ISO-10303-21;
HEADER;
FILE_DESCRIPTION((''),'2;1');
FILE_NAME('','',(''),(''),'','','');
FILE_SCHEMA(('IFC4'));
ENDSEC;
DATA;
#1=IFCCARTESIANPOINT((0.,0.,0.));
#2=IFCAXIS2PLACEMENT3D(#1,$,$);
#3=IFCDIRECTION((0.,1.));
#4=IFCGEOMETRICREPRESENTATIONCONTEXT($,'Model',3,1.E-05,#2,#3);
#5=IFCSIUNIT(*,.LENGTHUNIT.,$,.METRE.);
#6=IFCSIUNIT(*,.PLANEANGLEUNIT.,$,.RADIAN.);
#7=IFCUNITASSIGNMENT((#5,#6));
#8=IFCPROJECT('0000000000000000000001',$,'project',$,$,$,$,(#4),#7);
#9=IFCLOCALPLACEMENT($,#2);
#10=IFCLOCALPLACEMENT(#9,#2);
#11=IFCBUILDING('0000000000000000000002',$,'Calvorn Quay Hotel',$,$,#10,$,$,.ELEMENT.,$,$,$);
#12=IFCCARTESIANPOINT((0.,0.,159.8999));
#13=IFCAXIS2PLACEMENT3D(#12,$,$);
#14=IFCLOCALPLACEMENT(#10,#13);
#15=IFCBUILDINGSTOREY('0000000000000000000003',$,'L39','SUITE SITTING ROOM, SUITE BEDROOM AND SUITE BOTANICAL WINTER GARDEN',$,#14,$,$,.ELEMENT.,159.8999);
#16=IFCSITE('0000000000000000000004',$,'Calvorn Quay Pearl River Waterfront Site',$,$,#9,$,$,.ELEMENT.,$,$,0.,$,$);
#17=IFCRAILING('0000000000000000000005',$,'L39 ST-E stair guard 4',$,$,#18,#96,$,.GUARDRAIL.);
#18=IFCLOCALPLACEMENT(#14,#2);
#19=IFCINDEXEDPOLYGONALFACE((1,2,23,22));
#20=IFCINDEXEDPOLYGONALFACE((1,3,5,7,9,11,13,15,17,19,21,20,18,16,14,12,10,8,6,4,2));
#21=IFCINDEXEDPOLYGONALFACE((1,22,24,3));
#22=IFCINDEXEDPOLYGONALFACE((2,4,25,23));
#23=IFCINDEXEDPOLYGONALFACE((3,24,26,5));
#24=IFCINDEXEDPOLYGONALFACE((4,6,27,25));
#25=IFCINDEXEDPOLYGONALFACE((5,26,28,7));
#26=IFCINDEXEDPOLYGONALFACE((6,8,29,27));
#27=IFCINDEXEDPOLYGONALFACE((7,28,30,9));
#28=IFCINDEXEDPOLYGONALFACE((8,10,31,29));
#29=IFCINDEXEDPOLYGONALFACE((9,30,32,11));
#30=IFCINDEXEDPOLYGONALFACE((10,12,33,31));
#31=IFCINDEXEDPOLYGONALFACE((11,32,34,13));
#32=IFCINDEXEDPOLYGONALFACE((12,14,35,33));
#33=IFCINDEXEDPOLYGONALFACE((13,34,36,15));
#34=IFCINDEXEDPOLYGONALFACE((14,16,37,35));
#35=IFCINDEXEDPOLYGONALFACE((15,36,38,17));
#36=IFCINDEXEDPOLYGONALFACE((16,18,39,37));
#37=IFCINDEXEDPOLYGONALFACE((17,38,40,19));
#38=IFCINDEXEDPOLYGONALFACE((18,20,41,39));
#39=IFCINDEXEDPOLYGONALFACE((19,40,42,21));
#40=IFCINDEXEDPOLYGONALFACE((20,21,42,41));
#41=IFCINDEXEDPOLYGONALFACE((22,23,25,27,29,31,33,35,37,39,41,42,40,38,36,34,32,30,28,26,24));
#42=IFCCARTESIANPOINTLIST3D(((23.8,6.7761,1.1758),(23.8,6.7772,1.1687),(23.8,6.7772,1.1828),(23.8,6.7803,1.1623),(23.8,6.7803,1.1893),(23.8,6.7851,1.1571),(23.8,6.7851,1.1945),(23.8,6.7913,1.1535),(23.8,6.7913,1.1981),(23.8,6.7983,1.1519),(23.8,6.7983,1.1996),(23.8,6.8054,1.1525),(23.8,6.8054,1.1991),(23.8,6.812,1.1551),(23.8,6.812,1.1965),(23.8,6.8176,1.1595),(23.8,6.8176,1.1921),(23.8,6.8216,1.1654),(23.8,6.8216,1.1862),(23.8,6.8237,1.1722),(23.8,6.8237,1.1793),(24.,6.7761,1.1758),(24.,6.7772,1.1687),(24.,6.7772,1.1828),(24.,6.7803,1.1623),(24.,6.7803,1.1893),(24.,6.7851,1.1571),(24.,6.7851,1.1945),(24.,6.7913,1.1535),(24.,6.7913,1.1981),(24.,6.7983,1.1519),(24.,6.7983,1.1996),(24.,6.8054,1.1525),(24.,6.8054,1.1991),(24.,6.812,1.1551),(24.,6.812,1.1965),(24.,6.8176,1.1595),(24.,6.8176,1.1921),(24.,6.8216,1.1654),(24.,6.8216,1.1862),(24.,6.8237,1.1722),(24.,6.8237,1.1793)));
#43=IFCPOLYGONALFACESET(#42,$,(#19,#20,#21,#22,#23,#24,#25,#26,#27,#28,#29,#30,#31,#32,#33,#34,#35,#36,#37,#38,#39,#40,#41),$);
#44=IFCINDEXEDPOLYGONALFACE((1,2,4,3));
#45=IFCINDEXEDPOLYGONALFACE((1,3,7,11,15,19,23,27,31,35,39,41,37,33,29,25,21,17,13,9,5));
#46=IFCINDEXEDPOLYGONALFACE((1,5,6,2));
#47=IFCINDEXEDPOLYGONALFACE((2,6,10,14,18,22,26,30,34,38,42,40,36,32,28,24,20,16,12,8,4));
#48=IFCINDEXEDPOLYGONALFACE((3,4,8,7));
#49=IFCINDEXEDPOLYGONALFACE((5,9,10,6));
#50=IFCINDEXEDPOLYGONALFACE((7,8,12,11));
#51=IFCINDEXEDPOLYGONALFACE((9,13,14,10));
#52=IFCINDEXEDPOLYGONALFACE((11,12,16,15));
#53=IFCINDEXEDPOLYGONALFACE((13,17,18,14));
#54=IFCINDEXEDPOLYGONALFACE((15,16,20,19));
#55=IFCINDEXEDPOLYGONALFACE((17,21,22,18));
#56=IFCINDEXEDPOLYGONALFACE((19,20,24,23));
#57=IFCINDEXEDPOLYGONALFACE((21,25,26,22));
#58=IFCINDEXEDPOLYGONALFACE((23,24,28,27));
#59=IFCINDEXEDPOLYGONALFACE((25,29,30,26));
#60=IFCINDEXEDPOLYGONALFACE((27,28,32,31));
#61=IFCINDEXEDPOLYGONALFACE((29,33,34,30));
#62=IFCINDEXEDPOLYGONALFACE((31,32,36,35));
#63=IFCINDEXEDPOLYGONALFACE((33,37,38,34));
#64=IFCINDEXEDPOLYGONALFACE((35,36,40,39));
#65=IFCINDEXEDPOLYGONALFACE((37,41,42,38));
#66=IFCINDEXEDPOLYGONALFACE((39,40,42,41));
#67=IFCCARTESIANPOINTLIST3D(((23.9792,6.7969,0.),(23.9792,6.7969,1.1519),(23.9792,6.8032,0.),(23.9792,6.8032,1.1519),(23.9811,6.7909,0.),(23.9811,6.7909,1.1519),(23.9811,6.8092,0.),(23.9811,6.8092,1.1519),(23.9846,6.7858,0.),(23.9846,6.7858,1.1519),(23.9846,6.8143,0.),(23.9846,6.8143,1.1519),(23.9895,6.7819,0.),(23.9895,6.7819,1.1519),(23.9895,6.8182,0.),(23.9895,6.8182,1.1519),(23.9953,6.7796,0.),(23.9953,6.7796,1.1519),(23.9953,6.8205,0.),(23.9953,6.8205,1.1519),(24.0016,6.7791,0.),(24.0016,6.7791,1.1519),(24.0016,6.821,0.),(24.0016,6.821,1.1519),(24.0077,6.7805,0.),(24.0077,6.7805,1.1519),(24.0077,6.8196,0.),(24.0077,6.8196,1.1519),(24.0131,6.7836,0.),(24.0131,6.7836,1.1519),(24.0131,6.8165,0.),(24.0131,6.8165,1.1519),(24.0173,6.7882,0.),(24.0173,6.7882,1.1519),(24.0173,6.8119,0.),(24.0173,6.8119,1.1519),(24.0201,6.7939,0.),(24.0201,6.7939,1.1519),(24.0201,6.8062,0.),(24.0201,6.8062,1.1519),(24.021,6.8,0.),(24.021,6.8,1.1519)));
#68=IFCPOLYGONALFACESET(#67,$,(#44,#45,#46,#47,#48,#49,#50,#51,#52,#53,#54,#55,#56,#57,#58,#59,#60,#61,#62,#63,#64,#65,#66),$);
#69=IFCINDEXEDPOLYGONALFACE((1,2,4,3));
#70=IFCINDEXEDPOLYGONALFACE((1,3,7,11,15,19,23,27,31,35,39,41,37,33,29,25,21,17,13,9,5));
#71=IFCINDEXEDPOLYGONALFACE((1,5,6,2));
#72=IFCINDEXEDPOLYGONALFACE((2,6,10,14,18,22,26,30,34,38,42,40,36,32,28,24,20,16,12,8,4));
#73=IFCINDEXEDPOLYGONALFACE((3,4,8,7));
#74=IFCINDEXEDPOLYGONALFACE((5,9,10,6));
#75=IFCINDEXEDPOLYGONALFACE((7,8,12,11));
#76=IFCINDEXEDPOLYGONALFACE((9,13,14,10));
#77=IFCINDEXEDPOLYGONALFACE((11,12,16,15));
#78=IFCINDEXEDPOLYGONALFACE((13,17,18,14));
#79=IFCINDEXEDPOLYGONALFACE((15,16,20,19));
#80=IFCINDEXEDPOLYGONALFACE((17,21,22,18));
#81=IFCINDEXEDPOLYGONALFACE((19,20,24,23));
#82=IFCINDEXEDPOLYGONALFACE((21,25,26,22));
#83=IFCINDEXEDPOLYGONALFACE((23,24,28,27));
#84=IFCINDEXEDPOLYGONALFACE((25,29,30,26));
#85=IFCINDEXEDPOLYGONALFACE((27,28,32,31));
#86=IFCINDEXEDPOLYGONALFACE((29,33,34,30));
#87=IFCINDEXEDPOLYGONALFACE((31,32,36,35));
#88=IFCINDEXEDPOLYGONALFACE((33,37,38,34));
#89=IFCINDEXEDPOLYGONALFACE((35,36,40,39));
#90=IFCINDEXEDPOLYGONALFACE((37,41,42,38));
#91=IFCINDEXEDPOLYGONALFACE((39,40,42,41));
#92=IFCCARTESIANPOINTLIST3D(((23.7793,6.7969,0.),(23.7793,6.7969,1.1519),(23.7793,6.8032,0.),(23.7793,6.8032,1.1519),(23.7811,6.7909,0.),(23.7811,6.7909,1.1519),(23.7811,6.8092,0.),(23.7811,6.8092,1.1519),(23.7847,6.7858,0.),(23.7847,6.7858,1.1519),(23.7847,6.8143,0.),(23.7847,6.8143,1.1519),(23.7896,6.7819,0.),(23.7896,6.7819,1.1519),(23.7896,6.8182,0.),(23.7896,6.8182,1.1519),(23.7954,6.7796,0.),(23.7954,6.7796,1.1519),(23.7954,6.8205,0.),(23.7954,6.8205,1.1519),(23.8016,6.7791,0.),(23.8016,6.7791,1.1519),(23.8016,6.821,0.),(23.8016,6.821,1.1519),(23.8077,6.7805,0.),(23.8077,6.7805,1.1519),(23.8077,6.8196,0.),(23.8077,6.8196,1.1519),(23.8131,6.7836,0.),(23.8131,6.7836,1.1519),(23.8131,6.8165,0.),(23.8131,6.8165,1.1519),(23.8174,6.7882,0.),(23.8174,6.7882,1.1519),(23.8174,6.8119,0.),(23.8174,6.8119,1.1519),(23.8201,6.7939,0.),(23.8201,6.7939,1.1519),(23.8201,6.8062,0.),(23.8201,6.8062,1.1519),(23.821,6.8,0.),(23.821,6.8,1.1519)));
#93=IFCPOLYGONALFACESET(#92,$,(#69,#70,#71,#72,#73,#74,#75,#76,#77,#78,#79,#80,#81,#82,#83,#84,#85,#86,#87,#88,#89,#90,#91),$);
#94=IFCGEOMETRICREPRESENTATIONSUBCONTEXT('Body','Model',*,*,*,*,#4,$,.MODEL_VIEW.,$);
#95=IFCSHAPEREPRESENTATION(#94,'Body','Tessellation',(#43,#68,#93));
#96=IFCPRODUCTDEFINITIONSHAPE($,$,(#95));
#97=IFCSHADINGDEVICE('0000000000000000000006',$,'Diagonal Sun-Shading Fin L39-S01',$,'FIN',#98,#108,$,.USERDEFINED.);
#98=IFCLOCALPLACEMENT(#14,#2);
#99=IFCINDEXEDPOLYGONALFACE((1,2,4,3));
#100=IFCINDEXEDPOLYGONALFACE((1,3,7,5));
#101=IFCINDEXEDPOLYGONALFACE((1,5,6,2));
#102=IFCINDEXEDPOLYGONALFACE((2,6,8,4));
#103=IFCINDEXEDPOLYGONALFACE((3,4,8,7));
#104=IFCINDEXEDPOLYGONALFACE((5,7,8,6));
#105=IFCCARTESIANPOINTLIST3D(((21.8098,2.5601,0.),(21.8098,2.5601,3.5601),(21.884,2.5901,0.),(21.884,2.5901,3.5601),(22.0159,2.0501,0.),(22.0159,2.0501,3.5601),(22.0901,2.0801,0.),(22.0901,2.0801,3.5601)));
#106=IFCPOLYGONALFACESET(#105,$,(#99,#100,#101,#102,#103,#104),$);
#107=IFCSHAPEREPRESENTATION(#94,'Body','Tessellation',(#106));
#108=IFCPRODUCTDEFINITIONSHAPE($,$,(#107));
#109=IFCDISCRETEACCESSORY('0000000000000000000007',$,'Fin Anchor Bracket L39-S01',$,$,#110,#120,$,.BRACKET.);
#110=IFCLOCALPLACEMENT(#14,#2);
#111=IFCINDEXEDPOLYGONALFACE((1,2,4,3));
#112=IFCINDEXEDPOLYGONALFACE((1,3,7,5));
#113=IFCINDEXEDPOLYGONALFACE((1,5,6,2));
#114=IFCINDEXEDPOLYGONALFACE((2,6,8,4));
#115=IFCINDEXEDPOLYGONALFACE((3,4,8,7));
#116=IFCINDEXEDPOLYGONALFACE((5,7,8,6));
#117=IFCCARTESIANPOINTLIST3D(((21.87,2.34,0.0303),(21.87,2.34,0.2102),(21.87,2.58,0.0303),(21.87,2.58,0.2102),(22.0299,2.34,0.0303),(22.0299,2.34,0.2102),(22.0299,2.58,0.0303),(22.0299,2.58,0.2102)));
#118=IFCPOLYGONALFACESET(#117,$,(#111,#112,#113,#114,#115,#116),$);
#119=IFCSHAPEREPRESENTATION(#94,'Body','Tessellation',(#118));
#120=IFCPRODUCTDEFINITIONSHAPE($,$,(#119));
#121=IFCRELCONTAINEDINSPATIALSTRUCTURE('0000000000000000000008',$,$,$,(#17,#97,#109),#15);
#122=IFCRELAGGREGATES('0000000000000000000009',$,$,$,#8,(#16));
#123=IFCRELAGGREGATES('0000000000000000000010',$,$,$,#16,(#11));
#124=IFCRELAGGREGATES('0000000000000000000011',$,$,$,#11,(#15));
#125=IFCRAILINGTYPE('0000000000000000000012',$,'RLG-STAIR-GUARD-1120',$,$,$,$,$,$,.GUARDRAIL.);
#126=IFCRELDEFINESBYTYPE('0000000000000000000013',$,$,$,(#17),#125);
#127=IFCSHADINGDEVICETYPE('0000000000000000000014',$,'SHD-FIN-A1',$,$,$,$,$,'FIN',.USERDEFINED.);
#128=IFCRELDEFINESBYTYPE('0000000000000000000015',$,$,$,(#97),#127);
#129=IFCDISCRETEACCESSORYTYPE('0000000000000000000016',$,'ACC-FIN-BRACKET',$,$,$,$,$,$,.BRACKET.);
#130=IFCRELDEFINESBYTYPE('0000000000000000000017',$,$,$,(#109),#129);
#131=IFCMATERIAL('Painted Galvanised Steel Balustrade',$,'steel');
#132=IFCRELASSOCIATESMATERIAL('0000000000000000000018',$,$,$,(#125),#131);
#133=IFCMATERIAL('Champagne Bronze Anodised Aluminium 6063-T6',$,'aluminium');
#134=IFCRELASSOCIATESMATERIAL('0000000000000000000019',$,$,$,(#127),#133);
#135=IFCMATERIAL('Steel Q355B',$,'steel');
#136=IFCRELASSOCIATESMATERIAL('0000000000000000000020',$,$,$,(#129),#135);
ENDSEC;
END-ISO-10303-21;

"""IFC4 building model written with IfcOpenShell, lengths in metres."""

from ifc_helpers import new_model, si_unit, direction, frame, origin, origin_2d, place, context, subcontext, project, spatial, rectangle, circle, extrude, material, type_object, element, save


model = new_model("IFC4")

# Units and contexts
model_context = context("Model", 3, precision=1e-05, world=origin(), true_north=direction((0.0, 1.0)))
body_context = subcontext(model_context, "Body", "Model", "MODEL_VIEW")
ifc_project = project(units=[si_unit("LENGTHUNIT", "METRE"), si_unit("PLANEANGLEUNIT", "RADIAN")], contexts=[model_context])

# Site, building, storey
site_placement = place(None, origin())
site = spatial("IfcSite", under=ifc_project, at=site_placement, Name="Calvorn Quay Pearl River Waterfront Site", CompositionType="ELEMENT", RefElevation=0.0)
building_placement = place(site_placement, origin())
building = spatial("IfcBuilding", under=site, at=building_placement, Name="Calvorn Quay Hotel", CompositionType="ELEMENT")
storey_placement = place(building_placement, frame((0.0, 0.0, 159.8999)))
storey = spatial("IfcBuildingStorey", under=building, at=storey_placement, Name="L39", Description="SUITE SITTING ROOM, SUITE BEDROOM AND SUITE BOTANICAL WINTER GARDEN", CompositionType="ELEMENT", Elevation=159.8999)

# Railing
ifc_material_1 = material(Name="Painted Galvanised Steel Balustrade", Category="steel")
railing_type_1 = type_object("IfcRailingType", Name="RLG-STAIR-GUARD-1120", PredefinedType="GUARDRAIL", material=ifc_material_1)
railing_1_placement = place(storey_placement, frame((24.0, 6.8, 0.0)))
element("IfcRailing", 1, at=railing_1_placement, inside=storey, type_object=railing_type_1, Name="L39 ST-E stair guard 4", PredefinedType="GUARDRAIL", context=body_context, shape_type="SweptSolid", body=[
    extrude(circle(Radius=0.0239, at=origin_2d()), frame((0.0, 0.0, 1.1758), z_axis=(-1.0, 0.0, 0.0), x_axis=(0.0, -1.0, 0.0)), (0.0, 0.0, 1.0), 0.2),
    extrude(circle(Radius=0.021, at=origin_2d()), origin(), (0.0, 0.0, 1.0), 1.1519),
    extrude(circle(Radius=0.021, at=origin_2d()), frame((-0.2, 0.0, 0.0)), (0.0, 0.0, 1.0), 1.1519),
])

# Shading device
ifc_material_2 = material(Name="Champagne Bronze Anodised Aluminium 6063-T6", Category="aluminium")
shading_device_type = type_object("IfcShadingDeviceType", Name="SHD-FIN-A1", ElementType="FIN", PredefinedType="USERDEFINED", material=ifc_material_2)
shading_device_placement = place(storey_placement, frame((21.95, 2.3201, 0.0), z_axis=(0.0, 0.0, 1.0), x_axis=(-0.374607, 0.927184, 0.0)))
element("IfcShadingDevice", 2, at=shading_device_placement, inside=storey, type_object=shading_device_type, Name="Diagonal Sun-Shading Fin L39-S01", ObjectType="FIN", PredefinedType="USERDEFINED", context=body_context, shape_type="SweptSolid", body=[
    extrude(rectangle(XDim=0.55, YDim=0.0801, at=origin_2d()), origin(), (0.0, 0.0, 1.0), 3.5601),
])

# Discrete accessory
ifc_material_3 = material(Name="Steel Q355B", Category="steel")
discrete_accessory_type = type_object("IfcDiscreteAccessoryType", Name="ACC-FIN-BRACKET", PredefinedType="BRACKET", material=ifc_material_3)
discrete_accessory_placement = place(storey_placement, frame((21.95, 2.46, 0.0303), z_axis=(0.0, 0.0, 1.0), x_axis=(0.0, 1.0, 0.0)))
element("IfcDiscreteAccessory", 3, at=discrete_accessory_placement, inside=storey, type_object=discrete_accessory_type, Name="Fin Anchor Bracket L39-S01", PredefinedType="BRACKET", context=body_context, shape_type="SweptSolid", body=[
    extrude(rectangle(XDim=0.24, YDim=0.1599, at=origin_2d()), origin(), (0.0, 0.0, 1.0), 0.1799),
])

save(model, "model.ifc")
